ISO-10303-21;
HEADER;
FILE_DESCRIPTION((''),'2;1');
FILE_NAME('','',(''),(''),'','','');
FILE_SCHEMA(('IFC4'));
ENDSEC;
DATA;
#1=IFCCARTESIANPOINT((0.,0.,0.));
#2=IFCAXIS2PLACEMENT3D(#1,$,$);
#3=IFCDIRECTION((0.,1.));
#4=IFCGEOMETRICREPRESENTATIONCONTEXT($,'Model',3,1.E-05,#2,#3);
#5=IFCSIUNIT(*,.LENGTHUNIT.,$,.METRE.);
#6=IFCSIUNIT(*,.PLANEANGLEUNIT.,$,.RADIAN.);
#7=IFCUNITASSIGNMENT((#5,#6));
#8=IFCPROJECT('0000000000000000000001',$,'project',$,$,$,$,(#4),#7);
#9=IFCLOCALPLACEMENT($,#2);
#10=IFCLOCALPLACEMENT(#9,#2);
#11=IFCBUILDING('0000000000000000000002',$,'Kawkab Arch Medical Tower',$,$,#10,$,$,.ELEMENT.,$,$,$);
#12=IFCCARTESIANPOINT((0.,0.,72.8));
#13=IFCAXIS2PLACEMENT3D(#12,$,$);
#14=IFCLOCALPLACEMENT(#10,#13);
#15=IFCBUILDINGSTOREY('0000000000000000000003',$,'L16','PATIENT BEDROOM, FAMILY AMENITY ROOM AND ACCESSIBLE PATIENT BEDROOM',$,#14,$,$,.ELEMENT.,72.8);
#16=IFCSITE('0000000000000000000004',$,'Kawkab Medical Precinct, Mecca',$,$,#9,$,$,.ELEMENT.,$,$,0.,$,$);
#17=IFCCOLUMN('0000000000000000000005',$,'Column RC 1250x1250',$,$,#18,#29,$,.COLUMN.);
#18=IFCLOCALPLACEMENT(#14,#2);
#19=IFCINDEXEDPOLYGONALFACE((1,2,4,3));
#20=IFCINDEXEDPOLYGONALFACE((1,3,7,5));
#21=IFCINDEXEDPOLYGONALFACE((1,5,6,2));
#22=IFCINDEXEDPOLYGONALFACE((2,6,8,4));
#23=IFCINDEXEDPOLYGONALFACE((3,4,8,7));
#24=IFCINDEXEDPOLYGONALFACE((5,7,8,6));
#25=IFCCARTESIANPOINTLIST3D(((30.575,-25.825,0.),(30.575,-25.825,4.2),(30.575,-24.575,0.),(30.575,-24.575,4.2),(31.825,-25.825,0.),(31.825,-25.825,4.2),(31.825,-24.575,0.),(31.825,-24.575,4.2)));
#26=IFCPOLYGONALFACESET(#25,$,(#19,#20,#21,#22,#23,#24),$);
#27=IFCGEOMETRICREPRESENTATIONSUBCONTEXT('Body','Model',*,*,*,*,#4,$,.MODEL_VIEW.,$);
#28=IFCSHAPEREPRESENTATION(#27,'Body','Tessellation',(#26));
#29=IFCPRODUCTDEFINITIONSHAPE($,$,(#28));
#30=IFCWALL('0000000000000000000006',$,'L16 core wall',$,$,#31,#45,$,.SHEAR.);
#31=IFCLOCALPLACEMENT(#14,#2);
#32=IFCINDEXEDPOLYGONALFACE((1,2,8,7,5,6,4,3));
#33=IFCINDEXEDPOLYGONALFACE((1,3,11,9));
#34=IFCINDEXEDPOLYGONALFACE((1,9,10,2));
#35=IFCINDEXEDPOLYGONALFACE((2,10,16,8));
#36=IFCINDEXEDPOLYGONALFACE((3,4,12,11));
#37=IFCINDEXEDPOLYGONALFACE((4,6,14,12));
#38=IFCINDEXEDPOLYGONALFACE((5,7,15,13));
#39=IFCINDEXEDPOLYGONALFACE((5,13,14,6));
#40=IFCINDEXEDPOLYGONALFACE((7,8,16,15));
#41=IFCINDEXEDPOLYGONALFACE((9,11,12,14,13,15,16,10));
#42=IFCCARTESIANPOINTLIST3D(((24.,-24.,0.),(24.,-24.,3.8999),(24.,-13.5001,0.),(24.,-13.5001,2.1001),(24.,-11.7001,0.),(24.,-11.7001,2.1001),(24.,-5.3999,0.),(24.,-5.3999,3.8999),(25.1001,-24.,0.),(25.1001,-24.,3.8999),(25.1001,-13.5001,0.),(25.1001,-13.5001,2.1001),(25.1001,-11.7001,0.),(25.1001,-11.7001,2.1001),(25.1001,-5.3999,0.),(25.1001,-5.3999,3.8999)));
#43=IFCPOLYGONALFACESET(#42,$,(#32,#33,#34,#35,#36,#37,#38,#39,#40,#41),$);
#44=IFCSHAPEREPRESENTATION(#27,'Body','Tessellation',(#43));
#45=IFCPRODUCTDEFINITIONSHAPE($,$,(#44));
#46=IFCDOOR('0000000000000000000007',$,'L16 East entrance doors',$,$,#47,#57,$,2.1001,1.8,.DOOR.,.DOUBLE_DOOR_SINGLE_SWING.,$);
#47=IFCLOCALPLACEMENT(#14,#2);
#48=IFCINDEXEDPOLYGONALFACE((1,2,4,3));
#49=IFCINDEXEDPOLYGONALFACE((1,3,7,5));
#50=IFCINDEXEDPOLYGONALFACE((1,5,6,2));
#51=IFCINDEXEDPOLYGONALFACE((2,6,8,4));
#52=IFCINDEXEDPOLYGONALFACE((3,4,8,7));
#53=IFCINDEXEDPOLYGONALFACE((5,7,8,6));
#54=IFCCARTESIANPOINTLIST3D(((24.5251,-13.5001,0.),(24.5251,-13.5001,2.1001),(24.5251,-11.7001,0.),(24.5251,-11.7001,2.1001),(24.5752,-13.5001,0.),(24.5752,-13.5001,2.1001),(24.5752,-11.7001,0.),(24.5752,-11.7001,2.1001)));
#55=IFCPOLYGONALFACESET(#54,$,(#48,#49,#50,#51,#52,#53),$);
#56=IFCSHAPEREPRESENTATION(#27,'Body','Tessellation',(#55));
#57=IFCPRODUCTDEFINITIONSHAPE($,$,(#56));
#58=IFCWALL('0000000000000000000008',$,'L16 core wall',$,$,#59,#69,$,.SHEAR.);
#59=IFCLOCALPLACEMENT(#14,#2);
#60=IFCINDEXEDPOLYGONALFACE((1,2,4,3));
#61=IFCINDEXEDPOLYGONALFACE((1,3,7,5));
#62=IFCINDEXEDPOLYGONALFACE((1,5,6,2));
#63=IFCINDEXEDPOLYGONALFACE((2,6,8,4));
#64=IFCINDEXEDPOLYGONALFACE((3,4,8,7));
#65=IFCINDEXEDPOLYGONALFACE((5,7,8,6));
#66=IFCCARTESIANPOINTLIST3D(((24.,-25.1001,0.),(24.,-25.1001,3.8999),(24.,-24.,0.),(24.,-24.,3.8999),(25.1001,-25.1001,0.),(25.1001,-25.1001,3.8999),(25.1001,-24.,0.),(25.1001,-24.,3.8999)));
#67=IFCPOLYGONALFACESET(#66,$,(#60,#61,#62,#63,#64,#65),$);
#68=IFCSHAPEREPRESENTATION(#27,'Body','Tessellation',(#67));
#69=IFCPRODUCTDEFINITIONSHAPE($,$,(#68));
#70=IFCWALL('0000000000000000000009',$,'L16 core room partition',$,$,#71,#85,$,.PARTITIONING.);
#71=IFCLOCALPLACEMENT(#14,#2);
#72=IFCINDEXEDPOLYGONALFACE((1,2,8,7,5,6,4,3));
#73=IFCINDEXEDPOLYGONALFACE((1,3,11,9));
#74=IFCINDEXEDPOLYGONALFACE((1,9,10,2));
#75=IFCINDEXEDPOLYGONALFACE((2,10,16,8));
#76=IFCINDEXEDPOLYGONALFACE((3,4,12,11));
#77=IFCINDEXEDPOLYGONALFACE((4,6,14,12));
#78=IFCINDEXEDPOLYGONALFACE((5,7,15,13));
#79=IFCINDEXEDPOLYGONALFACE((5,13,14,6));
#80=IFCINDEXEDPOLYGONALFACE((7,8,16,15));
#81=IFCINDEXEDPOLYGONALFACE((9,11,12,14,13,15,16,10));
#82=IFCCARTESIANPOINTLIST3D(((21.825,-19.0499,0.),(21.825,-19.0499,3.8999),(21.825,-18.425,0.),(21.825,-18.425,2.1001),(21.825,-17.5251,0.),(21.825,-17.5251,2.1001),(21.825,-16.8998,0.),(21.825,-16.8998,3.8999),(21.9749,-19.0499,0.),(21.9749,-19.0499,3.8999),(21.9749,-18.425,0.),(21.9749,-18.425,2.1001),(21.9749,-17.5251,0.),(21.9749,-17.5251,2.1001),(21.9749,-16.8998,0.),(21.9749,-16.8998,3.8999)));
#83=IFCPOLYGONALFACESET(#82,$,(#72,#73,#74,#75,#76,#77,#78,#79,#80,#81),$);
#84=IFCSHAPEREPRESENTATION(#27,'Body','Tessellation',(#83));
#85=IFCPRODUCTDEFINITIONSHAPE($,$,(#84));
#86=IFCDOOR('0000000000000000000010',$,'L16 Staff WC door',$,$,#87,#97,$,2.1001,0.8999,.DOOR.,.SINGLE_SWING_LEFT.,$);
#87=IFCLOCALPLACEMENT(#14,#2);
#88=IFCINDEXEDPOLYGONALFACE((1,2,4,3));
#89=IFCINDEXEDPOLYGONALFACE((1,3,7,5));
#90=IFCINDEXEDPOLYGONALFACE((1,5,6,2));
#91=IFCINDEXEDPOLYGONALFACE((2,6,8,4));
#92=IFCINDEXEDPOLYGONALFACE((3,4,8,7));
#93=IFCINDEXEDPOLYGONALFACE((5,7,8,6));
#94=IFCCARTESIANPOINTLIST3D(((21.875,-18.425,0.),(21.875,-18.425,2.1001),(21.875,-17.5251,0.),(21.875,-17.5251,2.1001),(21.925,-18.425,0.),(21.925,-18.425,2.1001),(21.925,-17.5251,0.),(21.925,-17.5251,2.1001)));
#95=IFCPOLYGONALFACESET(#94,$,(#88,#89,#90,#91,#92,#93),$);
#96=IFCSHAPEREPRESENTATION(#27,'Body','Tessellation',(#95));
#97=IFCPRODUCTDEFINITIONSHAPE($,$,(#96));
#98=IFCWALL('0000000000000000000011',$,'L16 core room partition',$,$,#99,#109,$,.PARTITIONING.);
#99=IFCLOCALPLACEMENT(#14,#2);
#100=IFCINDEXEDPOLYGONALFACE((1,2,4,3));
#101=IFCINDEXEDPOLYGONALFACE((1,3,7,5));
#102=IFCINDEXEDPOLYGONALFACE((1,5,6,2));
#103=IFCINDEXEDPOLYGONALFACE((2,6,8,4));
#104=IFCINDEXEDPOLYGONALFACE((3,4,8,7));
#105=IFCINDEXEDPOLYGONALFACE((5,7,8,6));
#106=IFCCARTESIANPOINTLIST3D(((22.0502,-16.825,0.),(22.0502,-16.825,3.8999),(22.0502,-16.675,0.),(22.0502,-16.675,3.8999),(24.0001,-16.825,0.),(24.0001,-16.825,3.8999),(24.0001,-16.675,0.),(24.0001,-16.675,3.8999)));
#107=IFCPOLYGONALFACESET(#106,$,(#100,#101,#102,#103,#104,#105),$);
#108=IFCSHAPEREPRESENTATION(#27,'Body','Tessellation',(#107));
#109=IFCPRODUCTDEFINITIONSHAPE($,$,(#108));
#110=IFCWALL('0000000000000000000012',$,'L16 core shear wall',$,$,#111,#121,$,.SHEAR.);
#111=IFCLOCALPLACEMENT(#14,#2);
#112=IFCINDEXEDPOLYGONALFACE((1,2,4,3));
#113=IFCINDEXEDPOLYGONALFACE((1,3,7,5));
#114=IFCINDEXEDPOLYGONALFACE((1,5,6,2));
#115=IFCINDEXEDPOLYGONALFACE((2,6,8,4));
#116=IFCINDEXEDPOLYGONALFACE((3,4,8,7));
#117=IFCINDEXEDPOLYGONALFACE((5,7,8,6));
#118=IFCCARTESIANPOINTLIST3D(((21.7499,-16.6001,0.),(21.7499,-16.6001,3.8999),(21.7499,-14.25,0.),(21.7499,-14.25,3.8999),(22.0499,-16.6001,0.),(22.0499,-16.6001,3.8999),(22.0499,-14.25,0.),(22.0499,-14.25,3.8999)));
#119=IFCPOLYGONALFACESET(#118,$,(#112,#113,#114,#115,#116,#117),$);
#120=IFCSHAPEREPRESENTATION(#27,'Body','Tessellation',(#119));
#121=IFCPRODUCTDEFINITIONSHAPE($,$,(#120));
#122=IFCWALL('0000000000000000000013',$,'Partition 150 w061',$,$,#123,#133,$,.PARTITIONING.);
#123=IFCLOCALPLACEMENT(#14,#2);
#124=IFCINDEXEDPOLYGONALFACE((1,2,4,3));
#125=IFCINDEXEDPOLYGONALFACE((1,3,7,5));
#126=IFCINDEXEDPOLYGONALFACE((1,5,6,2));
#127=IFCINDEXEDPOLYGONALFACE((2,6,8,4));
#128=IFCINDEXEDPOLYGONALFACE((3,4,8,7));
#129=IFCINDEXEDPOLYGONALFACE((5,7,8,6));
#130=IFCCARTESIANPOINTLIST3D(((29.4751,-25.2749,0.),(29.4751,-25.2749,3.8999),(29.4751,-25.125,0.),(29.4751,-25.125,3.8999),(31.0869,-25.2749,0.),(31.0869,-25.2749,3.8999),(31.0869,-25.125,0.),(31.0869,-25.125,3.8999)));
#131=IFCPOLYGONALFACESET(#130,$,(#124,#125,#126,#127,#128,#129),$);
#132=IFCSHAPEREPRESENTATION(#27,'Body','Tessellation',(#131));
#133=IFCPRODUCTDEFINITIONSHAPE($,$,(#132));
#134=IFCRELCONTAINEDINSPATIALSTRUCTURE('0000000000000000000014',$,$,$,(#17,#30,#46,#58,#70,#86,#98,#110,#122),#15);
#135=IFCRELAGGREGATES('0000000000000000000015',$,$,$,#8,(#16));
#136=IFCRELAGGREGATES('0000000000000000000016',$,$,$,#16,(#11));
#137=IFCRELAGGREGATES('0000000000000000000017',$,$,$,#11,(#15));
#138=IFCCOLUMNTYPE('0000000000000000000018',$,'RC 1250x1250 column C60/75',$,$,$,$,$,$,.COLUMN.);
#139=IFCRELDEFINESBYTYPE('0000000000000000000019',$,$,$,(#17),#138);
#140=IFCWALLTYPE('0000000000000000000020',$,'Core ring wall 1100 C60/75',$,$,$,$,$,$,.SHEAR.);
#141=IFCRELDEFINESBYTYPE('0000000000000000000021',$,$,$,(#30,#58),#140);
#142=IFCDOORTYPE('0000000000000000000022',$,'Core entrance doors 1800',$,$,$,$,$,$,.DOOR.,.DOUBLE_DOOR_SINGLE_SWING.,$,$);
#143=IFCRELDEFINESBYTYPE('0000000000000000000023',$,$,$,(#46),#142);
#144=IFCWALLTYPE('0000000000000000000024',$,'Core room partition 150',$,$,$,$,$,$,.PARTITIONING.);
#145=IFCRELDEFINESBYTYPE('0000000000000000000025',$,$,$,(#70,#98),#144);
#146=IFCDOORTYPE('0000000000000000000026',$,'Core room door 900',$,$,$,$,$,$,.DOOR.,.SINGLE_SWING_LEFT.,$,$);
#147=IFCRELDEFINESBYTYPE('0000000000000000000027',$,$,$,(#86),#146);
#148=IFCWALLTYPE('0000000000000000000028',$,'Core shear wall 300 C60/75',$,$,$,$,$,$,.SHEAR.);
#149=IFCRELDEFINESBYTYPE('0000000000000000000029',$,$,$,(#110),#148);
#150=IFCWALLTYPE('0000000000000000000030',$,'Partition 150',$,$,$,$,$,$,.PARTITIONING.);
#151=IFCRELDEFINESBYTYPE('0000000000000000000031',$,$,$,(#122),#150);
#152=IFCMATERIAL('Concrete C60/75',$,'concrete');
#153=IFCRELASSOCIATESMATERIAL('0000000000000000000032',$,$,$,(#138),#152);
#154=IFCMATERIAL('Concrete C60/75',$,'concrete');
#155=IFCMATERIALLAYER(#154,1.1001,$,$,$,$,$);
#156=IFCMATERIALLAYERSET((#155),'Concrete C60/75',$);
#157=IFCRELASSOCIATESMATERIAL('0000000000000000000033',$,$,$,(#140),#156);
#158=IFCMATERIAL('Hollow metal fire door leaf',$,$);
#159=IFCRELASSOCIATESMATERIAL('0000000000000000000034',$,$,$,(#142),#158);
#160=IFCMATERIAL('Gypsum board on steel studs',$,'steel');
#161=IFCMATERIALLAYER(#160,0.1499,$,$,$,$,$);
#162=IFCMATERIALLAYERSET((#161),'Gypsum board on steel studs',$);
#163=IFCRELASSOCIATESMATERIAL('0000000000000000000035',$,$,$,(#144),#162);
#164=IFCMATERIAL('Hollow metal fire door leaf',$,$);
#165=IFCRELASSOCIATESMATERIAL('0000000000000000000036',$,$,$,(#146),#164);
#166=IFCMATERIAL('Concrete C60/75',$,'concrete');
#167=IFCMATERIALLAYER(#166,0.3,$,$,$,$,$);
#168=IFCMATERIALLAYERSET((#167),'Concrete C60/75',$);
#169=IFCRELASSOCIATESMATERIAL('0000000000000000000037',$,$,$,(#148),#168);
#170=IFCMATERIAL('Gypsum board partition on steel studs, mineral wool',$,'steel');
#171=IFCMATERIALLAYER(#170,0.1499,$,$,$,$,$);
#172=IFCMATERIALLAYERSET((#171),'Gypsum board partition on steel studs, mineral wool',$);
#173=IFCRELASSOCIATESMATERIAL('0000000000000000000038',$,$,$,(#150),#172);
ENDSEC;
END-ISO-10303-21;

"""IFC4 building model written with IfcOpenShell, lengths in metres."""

from ifc_helpers import new_model, si_unit, direction, frame, frame_2d, origin, origin_2d, place, context, subcontext, project, spatial, rectangle, extrude, material, layer, layer_set, material_profile, profile_set, type_object, element, fill, save


model = new_model("IFC4")

# Units and contexts
model_context = context("Model", 3, precision=1e-05, world=origin(), true_north=direction((0.0, 1.0)))
body_context = subcontext(model_context, "Body", "Model", "MODEL_VIEW")
ifc_project = project(units=[si_unit("LENGTHUNIT", "METRE"), si_unit("PLANEANGLEUNIT", "RADIAN")], contexts=[model_context])

# Site, building, storey
site_placement = place(None, origin())
site = spatial("IfcSite", under=ifc_project, at=site_placement, Name="Kawkab Medical Precinct, Mecca", CompositionType="ELEMENT", RefElevation=0.0)
building_placement = place(site_placement, origin())
building = spatial("IfcBuilding", under=site, at=building_placement, Name="Kawkab Arch Medical Tower", CompositionType="ELEMENT")
storey_placement = place(building_placement, frame((0.0, 0.0, 72.8)))
storey = spatial("IfcBuildingStorey", under=building, at=storey_placement, Name="L16", Description="PATIENT BEDROOM, FAMILY AMENITY ROOM AND ACCESSIBLE PATIENT BEDROOM", CompositionType="ELEMENT", Elevation=72.8)

# Column
ifc_material_1 = material(Name="Concrete C60/75", Category="concrete")
ifc_material_profile = material_profile(ifc_material_1, rectangle(XDim=1.25, YDim=1.25, at=origin_2d()), Name="RC 1250x1250")
ifc_profile_set = profile_set([ifc_material_profile], Name="Concrete C60/75")
column_type = type_object("IfcColumnType", Name="RC 1250x1250 column C60/75", PredefinedType="COLUMN", material=ifc_profile_set)
column_placement = place(storey_placement, frame((31.2, -25.2, 0.0), z_axis=(0.0, 0.0, 1.0), x_axis=(1.0, 0.0, 0.0)))
element("IfcColumn", 1, at=column_placement, inside=storey, type_object=column_type, Name="Column RC 1250x1250", PredefinedType="COLUMN", context=body_context, shape_type="SweptSolid", body=[
    extrude(rectangle(XDim=1.25, YDim=1.25, at=origin_2d()), origin(), (0.0, 0.0, 1.0), 4.2),
])

# Wall, opening, door
ifc_material_2 = material(Name="Concrete C60/75", Category="concrete")
ifc_layer_1 = layer(ifc_material_2, 1.1001)
ifc_layer_set_1 = layer_set([ifc_layer_1], Name="Concrete C60/75")
wall_type_1 = type_object("IfcWallType", Name="Core ring wall 1100 C60/75", PredefinedType="SHEAR", material=ifc_layer_set_1)
wall_1_placement = place(storey_placement, frame((24.55, -24.0, 0.0), z_axis=(0.0, 0.0, 1.0), x_axis=(0.0, 1.0, 0.0)))
wall_1 = element("IfcWall", 2, at=wall_1_placement, inside=storey, type_object=wall_type_1, Name="L16 core wall", PredefinedType="SHEAR", context=body_context, shape_type="SweptSolid", body=[
    extrude(rectangle(XDim=18.6001, YDim=1.1001, at=frame_2d((9.3, 0.0))), origin(), (0.0, 0.0, 1.0), 3.8999),
])
opening_1_placement = place(wall_1_placement, frame((10.5, 0.0, 0.0)))
opening_1 = element("IfcOpeningElement", 3, at=opening_1_placement, cuts=wall_1, PredefinedType="OPENING", context=body_context, shape_type="SweptSolid", body=[
    extrude(rectangle(XDim=1.8, YDim=2.1001, at=frame_2d((0.8999, 1.05))), frame((0.0, 0.5601, 0.0), z_axis=(0.0, -1.0, 0.0), x_axis=(1.0, 0.0, 0.0)), (0.0, 0.0, 1.0), 1.1201),
])
ifc_material_3 = material(Name="Hollow metal fire door leaf")
door_type_1 = type_object("IfcDoorType", Name="Core entrance doors 1800", OperationType="DOUBLE_DOOR_SINGLE_SWING", PredefinedType="DOOR", material=ifc_material_3)
door_1_placement = place(opening_1_placement, origin())
door_1 = element("IfcDoor", 4, at=door_1_placement, inside=storey, type_object=door_type_1, Name="L16 East entrance doors", OperationType="DOUBLE_DOOR_SINGLE_SWING", OverallHeight=2.1001, OverallWidth=1.8, PredefinedType="DOOR", context=body_context, shape_type="SweptSolid", body=[
    extrude(rectangle(XDim=1.8, YDim=2.1001, at=frame_2d((0.8999, 1.05))), frame((0.0, 0.0249, 0.0), z_axis=(0.0, -1.0, 0.0), x_axis=(1.0, 0.0, 0.0)), (0.0, 0.0, 1.0), 0.05),
])
fill(opening_1, door_1)

# Wall
wall_2_placement = place(storey_placement, frame((24.55, -25.1001, 0.0), z_axis=(0.0, 0.0, 1.0), x_axis=(0.0, 1.0, 0.0)))
element("IfcWall", 5, at=wall_2_placement, inside=storey, type_object=wall_type_1, Name="L16 core wall", PredefinedType="SHEAR", context=body_context, shape_type="SweptSolid", body=[
    extrude(rectangle(XDim=1.1001, YDim=1.1001, at=frame_2d((0.55, 0.0))), origin(), (0.0, 0.0, 1.0), 3.8999),
])

# Wall, opening, door
ifc_material_4 = material(Name="Gypsum board on steel studs", Category="steel")
ifc_layer_2 = layer(ifc_material_4, 0.1499)
ifc_layer_set_2 = layer_set([ifc_layer_2], Name="Gypsum board on steel studs")
wall_type_2 = type_object("IfcWallType", Name="Core room partition 150", PredefinedType="PARTITIONING", material=ifc_layer_set_2)
wall_3_placement = place(storey_placement, frame((21.8999, -19.05, 0.0), z_axis=(0.0, 0.0, 1.0), x_axis=(0.0, 1.0, 0.0)))
wall_3 = element("IfcWall", 6, at=wall_3_placement, inside=storey, type_object=wall_type_2, Name="L16 core room partition", PredefinedType="PARTITIONING", context=body_context, shape_type="SweptSolid", body=[
    extrude(rectangle(XDim=2.1501, YDim=0.1499, at=frame_2d((1.0752, 0.0))), origin(), (0.0, 0.0, 1.0), 3.8999),
])
opening_2_placement = place(wall_3_placement, frame((0.625, 0.0, 0.0)))
opening_2 = element("IfcOpeningElement", 7, at=opening_2_placement, cuts=wall_3, PredefinedType="OPENING", context=body_context, shape_type="SweptSolid", body=[
    extrude(rectangle(XDim=0.8999, YDim=2.1001, at=frame_2d((0.45, 1.05))), frame((0.0, 0.085, 0.0), z_axis=(0.0, -1.0, 0.0), x_axis=(1.0, 0.0, 0.0)), (0.0, 0.0, 1.0), 0.1699),
])
ifc_material_5 = material(Name="Hollow metal fire door leaf")
door_type_2 = type_object("IfcDoorType", Name="Core room door 900", OperationType="SINGLE_SWING_LEFT", PredefinedType="DOOR", material=ifc_material_5)
door_2_placement = place(opening_2_placement, origin())
door_2 = element("IfcDoor", 8, at=door_2_placement, inside=storey, type_object=door_type_2, Name="L16 Staff WC door", OperationType="SINGLE_SWING_LEFT", OverallHeight=2.1001, OverallWidth=0.8999, PredefinedType="DOOR", context=body_context, shape_type="SweptSolid", body=[
    extrude(rectangle(XDim=0.8999, YDim=2.1001, at=frame_2d((0.45, 1.05))), frame((0.0, 0.0249, 0.0), z_axis=(0.0, -1.0, 0.0), x_axis=(1.0, 0.0, 0.0)), (0.0, 0.0, 1.0), 0.05),
])
fill(opening_2, door_2)

# Walls
wall_4_placement = place(storey_placement, frame((22.05, -16.75, 0.0), z_axis=(0.0, 0.0, 1.0), x_axis=(1.0, 0.0, 0.0)))
element("IfcWall", 9, at=wall_4_placement, inside=storey, type_object=wall_type_2, Name="L16 core room partition", PredefinedType="PARTITIONING", context=body_context, shape_type="SweptSolid", body=[
    extrude(rectangle(XDim=1.95, YDim=0.1499, at=frame_2d((0.9751, 0.0))), origin(), (0.0, 0.0, 1.0), 3.8999),
])
ifc_material_6 = material(Name="Concrete C60/75", Category="concrete")
ifc_layer_3 = layer(ifc_material_6, 0.3)
ifc_layer_set_3 = layer_set([ifc_layer_3], Name="Concrete C60/75")
wall_type_3 = type_object("IfcWallType", Name="Core shear wall 300 C60/75", PredefinedType="SHEAR", material=ifc_layer_set_3)
wall_5_placement = place(storey_placement, frame((21.8999, -16.6001, 0.0), z_axis=(0.0, 0.0, 1.0), x_axis=(0.0, 1.0, 0.0)))
element("IfcWall", 10, at=wall_5_placement, inside=storey, type_object=wall_type_3, Name="L16 core shear wall", PredefinedType="SHEAR", context=body_context, shape_type="SweptSolid", body=[
    extrude(rectangle(XDim=2.3501, YDim=0.3, at=frame_2d((1.175, 0.0))), origin(), (0.0, 0.0, 1.0), 3.8999),
])
ifc_material_7 = material(Name="Gypsum board partition on steel studs, mineral wool", Category="steel")
ifc_layer_4 = layer(ifc_material_7, 0.1499)
ifc_layer_set_4 = layer_set([ifc_layer_4], Name="Gypsum board partition on steel studs, mineral wool")
wall_type_4 = type_object("IfcWallType", Name="Partition 150", PredefinedType="PARTITIONING", material=ifc_layer_set_4)
wall_6_placement = place(storey_placement, frame((29.4751, -25.2, 0.0), z_axis=(0.0, 0.0, 1.0), x_axis=(1.0, 0.0, 0.0)))
element("IfcWall", 11, at=wall_6_placement, inside=storey, type_object=wall_type_4, Name="Partition 150 w061", PredefinedType="PARTITIONING", context=body_context, shape_type="SweptSolid", body=[
    extrude(rectangle(XDim=1.6118, YDim=0.1499, at=frame_2d((0.8059, 0.0))), origin(), (0.0, 0.0, 1.0), 3.8999),
])

save(model, "model.ifc")
